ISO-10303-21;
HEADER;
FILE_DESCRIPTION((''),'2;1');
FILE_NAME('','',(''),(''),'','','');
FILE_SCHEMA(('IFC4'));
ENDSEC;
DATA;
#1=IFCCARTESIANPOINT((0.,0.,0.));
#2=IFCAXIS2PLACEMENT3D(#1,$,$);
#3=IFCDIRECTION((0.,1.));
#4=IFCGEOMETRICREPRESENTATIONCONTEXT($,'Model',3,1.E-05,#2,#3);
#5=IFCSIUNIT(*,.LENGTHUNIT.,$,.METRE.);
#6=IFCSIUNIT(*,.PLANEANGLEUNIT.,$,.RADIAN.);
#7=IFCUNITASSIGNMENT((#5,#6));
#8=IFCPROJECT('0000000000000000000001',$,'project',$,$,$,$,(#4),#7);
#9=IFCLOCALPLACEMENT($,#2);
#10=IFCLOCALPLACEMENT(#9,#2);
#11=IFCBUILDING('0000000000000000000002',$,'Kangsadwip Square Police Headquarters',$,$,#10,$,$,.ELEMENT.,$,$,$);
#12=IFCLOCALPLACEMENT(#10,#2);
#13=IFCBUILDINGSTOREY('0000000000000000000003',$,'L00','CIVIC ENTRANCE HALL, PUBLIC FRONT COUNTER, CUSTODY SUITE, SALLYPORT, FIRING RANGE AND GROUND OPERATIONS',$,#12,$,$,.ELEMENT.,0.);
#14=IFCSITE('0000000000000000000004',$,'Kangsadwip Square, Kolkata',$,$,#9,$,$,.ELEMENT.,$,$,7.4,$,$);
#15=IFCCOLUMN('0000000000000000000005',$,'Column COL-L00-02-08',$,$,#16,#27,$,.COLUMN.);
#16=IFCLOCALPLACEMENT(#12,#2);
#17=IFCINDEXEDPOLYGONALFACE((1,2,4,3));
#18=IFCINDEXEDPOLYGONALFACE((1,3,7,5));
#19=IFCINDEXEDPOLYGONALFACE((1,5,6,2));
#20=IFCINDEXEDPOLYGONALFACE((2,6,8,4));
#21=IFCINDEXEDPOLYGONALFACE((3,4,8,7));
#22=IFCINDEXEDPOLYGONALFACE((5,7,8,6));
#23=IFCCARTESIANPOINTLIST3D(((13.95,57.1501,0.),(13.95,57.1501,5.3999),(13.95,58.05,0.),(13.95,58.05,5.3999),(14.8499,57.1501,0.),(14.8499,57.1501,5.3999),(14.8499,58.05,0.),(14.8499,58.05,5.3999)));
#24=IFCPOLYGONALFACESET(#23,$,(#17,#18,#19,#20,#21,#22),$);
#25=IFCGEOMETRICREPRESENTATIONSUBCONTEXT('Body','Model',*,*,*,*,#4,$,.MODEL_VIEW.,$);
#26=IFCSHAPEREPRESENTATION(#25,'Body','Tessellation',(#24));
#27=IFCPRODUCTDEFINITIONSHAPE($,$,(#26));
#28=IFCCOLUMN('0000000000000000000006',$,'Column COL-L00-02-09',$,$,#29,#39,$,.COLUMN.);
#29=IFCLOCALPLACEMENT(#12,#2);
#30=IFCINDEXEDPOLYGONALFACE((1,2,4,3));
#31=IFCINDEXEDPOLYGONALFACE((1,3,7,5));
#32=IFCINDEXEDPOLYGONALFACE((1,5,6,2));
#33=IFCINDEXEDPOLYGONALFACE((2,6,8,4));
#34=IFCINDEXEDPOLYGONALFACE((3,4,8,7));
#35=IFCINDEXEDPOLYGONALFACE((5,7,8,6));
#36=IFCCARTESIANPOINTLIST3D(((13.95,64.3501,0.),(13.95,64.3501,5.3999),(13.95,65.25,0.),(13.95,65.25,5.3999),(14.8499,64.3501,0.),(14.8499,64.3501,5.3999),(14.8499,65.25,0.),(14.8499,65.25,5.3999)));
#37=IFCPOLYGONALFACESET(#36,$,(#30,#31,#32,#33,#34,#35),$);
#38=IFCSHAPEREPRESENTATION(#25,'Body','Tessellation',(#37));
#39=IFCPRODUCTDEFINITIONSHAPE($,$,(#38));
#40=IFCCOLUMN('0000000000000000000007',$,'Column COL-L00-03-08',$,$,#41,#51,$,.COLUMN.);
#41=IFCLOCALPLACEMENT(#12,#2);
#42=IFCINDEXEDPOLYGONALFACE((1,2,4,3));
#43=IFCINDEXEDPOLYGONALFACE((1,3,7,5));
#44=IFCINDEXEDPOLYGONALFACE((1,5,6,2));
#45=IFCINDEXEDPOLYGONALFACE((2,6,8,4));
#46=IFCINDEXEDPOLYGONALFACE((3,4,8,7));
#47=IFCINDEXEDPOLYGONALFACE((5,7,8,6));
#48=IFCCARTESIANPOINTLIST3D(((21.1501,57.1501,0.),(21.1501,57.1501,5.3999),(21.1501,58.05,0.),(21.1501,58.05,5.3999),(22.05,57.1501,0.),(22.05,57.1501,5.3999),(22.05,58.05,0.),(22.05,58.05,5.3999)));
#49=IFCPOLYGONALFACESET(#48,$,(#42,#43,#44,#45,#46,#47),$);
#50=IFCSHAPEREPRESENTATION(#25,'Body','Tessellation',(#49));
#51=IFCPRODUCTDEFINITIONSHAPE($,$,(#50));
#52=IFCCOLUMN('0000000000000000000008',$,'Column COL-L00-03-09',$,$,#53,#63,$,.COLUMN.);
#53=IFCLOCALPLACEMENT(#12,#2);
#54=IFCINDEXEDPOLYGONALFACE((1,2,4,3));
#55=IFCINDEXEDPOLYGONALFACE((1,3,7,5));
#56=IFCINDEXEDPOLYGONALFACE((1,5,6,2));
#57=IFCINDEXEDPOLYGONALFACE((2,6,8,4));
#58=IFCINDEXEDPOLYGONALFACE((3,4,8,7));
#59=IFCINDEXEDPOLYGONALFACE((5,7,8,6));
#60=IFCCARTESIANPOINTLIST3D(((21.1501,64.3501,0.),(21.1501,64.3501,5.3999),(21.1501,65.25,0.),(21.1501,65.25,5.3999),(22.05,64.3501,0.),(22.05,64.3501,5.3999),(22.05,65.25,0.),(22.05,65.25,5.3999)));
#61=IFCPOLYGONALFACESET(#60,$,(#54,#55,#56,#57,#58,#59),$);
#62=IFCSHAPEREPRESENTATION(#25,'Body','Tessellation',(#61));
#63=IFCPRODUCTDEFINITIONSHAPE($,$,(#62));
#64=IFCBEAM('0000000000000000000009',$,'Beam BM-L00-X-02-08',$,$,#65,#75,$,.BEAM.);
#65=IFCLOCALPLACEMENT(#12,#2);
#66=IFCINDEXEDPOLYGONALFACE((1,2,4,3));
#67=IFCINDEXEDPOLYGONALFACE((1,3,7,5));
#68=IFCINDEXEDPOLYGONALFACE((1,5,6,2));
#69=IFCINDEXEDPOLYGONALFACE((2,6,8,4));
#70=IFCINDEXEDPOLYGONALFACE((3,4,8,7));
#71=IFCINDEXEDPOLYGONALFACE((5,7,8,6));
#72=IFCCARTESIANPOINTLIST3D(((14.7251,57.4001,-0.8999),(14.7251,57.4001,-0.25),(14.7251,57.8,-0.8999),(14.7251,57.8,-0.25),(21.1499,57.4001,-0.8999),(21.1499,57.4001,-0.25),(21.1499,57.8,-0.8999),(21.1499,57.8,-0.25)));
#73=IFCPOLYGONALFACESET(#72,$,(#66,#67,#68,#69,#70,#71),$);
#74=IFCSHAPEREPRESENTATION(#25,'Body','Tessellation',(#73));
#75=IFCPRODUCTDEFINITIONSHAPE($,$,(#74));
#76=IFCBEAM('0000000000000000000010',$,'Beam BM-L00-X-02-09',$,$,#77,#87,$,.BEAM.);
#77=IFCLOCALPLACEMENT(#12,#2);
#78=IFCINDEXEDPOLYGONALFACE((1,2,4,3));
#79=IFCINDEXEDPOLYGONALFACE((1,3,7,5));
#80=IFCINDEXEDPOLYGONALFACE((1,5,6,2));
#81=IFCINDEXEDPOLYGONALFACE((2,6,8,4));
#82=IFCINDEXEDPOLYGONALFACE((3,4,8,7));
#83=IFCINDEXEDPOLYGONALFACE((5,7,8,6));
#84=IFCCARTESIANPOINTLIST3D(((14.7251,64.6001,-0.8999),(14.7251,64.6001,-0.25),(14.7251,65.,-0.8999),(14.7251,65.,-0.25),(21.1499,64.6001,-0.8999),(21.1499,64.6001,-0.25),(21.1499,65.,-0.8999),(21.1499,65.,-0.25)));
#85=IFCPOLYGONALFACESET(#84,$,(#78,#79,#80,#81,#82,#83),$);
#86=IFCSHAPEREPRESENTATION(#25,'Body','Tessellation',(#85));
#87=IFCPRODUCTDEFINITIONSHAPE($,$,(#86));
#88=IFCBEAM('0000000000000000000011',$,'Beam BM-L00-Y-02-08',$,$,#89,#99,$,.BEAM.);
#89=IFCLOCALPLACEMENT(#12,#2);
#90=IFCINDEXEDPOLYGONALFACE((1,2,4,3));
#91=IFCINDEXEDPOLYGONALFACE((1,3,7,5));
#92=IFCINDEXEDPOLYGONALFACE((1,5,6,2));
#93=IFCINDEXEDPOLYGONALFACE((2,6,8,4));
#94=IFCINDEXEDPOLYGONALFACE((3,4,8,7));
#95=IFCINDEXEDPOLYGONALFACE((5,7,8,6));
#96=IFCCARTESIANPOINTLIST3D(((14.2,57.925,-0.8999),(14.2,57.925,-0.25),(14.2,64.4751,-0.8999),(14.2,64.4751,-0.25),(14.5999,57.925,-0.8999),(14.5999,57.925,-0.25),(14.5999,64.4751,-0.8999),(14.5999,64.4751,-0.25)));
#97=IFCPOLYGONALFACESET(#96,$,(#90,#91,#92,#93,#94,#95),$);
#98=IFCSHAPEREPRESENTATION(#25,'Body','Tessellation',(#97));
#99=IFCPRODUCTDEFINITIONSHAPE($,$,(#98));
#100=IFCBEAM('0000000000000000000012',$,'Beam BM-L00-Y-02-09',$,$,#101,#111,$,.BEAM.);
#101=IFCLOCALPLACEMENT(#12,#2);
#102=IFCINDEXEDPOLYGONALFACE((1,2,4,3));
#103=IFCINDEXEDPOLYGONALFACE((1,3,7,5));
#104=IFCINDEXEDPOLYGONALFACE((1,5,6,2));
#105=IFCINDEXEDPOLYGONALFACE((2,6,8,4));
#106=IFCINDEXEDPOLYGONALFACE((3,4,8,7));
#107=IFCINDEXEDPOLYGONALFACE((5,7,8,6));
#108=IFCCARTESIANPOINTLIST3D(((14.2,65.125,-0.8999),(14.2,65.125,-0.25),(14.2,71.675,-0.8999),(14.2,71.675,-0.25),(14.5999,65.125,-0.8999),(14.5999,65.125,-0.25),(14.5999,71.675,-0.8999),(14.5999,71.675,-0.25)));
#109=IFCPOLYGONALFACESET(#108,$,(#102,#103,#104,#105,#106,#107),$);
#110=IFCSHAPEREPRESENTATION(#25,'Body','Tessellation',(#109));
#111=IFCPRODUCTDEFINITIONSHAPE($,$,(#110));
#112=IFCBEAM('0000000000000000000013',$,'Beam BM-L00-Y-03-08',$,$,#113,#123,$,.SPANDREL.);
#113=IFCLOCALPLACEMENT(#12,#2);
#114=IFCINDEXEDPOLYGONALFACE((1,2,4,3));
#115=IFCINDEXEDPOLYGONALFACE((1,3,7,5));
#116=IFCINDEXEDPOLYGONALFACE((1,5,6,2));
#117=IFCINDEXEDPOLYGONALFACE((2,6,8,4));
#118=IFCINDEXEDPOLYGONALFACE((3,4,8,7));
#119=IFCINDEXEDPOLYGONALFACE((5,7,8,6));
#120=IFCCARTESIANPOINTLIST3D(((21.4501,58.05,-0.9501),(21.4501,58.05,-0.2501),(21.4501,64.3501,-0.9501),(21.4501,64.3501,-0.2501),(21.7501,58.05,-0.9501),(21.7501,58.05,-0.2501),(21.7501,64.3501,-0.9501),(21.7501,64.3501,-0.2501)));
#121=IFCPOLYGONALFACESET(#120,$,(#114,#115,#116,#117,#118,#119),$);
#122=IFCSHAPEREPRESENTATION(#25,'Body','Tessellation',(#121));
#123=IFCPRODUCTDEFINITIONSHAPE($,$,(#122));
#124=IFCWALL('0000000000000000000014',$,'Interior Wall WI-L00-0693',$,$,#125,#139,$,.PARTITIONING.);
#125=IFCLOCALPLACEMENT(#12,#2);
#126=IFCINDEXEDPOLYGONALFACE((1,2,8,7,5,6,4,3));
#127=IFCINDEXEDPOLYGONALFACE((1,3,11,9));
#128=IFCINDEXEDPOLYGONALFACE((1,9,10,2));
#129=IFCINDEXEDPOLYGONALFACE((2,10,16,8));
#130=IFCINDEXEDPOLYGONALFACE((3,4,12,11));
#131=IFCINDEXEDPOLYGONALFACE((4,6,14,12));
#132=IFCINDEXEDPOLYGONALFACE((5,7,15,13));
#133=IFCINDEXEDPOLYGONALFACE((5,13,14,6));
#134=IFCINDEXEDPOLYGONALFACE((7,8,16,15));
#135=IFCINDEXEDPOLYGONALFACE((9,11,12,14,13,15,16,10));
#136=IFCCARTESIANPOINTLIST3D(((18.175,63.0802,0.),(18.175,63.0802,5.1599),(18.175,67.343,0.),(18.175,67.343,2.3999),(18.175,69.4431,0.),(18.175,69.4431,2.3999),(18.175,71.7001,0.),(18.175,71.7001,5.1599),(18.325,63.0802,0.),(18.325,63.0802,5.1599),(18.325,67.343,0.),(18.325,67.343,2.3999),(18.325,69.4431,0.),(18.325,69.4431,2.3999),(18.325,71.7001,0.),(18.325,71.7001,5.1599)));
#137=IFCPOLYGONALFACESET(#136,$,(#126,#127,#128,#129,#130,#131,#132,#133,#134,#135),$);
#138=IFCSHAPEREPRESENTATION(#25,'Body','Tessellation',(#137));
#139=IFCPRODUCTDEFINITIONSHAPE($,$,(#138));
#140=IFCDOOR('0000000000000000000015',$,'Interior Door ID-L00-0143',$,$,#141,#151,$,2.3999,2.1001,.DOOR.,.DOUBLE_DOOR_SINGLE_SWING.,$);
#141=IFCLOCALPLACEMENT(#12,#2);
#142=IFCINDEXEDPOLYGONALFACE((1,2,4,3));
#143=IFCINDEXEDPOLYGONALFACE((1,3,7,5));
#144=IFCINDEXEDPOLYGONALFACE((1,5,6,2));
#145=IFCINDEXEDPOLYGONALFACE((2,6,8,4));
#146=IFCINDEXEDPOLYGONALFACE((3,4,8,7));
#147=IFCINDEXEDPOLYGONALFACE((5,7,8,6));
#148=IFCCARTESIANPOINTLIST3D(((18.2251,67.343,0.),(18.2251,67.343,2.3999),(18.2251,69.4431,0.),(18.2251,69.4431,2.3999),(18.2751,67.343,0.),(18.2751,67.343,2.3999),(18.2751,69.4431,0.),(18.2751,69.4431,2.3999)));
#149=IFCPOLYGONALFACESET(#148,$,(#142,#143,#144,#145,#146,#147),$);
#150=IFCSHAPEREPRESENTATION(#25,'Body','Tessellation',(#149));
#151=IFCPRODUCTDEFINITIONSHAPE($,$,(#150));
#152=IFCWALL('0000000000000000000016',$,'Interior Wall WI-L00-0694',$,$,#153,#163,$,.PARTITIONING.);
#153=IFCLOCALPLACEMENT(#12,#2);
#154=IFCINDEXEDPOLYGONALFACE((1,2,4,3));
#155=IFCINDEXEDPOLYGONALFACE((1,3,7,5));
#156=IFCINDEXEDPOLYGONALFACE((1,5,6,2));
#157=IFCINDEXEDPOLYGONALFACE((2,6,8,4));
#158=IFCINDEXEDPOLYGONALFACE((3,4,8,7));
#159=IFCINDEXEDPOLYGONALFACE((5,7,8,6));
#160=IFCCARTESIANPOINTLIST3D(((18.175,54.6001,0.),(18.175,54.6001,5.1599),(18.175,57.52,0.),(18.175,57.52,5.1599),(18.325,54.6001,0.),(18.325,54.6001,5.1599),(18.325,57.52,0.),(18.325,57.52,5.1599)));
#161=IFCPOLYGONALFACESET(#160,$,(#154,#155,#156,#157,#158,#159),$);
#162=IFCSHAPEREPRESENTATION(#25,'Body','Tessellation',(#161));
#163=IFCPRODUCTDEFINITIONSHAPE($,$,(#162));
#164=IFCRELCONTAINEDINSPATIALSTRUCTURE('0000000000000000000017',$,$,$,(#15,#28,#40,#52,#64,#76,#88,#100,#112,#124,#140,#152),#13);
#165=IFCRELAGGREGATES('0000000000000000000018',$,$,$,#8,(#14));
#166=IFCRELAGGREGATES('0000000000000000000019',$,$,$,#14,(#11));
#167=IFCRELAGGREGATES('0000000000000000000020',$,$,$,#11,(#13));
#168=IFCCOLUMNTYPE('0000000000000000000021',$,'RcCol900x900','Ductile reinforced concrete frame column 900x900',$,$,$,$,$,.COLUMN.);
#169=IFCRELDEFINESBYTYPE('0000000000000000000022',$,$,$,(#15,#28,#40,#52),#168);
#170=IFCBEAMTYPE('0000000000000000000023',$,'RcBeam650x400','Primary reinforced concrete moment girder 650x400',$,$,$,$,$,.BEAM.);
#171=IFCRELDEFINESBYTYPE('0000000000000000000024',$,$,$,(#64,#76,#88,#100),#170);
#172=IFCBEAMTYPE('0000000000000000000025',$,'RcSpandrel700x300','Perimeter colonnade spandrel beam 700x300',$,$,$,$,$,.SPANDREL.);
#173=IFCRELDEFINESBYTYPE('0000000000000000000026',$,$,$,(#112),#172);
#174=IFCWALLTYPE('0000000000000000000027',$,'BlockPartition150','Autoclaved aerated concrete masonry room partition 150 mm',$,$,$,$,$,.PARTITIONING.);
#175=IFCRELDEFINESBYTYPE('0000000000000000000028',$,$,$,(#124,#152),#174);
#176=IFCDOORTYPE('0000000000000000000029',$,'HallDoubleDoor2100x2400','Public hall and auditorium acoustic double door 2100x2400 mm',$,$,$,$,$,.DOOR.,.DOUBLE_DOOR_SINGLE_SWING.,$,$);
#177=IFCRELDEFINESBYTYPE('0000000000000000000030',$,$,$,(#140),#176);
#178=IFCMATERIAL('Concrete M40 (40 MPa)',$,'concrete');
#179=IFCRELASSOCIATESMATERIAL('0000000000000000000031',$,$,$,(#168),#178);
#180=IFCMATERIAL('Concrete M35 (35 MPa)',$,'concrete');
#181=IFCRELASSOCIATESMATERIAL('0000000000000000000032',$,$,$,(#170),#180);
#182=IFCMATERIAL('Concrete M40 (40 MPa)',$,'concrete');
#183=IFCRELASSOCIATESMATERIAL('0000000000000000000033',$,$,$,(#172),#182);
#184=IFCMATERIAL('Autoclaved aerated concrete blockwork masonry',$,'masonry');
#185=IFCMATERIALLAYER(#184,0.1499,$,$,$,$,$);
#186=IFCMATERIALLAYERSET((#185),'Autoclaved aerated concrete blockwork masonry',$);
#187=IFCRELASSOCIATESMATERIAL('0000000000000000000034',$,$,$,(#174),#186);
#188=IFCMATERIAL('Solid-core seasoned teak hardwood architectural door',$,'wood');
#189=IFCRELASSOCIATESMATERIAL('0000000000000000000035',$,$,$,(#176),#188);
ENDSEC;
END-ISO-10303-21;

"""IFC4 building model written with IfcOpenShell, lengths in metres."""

from ifc_helpers import new_model, si_unit, direction, frame, frame_2d, origin, origin_2d, place, context, subcontext, project, spatial, rectangle, extrude, material, layer, layer_set, material_profile, profile_set, type_object, element, fill, save


model = new_model("IFC4")

# Units and contexts
model_context = context("Model", 3, precision=1e-05, world=origin(), true_north=direction((0.0, 1.0)))
body_context = subcontext(model_context, "Body", "Model", "MODEL_VIEW")
ifc_project = project(units=[si_unit("LENGTHUNIT", "METRE"), si_unit("PLANEANGLEUNIT", "RADIAN")], contexts=[model_context])

# Site, building, storey
site_placement = place(None, origin())
site = spatial("IfcSite", under=ifc_project, at=site_placement, Name="Kangsadwip Square, Kolkata", CompositionType="ELEMENT", RefElevation=7.4)
building_placement = place(site_placement, origin())
building = spatial("IfcBuilding", under=site, at=building_placement, Name="Kangsadwip Square Police Headquarters", CompositionType="ELEMENT")
storey_placement = place(building_placement, origin())
storey = spatial("IfcBuildingStorey", under=building, at=storey_placement, Name="L00", Description="CIVIC ENTRANCE HALL, PUBLIC FRONT COUNTER, CUSTODY SUITE, SALLYPORT, FIRING RANGE AND GROUND OPERATIONS", CompositionType="ELEMENT", Elevation=0.0)

# Columns
ifc_material_1 = material(Name="Concrete M40 (40 MPa)", Category="concrete")
ifc_material_profile_1 = material_profile(ifc_material_1, rectangle(XDim=0.8999, YDim=0.8999, at=origin_2d()), Name="RC COL 900X900")
ifc_profile_set_1 = profile_set([ifc_material_profile_1], Name="Concrete M40 (40 MPa)")
column_type = type_object("IfcColumnType", Name="RcCol900x900", Description="Ductile reinforced concrete frame column 900x900", PredefinedType="COLUMN", material=ifc_profile_set_1)
for number, where, z_axis, x_axis, name in (
    (1, (14.3999, 57.6001, 0.0), (0.0, 0.0, 1.0), (1.0, 0.0, 0.0), "Column COL-L00-02-08"),
    (2, (14.3999, 64.8, 0.0), (0.0, 0.0, 1.0), (1.0, 0.0, 0.0), "Column COL-L00-02-09"),
    (3, (21.6001, 57.6001, 0.0), (0.0, 0.0, 1.0), (1.0, 0.0, 0.0), "Column COL-L00-03-08"),
    (4, (21.6001, 64.8, 0.0), (0.0, 0.0, 1.0), (1.0, 0.0, 0.0), "Column COL-L00-03-09"),
):
    element("IfcColumn", number, at=place(storey_placement, frame(where, z_axis=z_axis, x_axis=x_axis)), inside=storey, type_object=column_type, Name=name, PredefinedType="COLUMN", context=body_context, shape_type="SweptSolid", body=[
        extrude(rectangle(XDim=0.8999, YDim=0.8999, at=origin_2d()), origin(), (0.0, 0.0, 1.0), 5.3999),
    ])

# Beams
ifc_material_2 = material(Name="Concrete M35 (35 MPa)", Category="concrete")
ifc_material_profile_2 = material_profile(ifc_material_2, rectangle(XDim=0.3999, YDim=0.6499, at=origin_2d()), Name="RC BM 650X400")
ifc_profile_set_2 = profile_set([ifc_material_profile_2], Name="Concrete M35 (35 MPa)")
beam_type_1 = type_object("IfcBeamType", Name="RcBeam650x400", Description="Primary reinforced concrete moment girder 650x400", PredefinedType="BEAM", material=ifc_profile_set_2)
for number, where, z_axis, x_axis, name in (
    (5, (14.7251, 57.6001, -0.575), (1.0, 0.0, 0.0), (0.0, 1.0, 0.0), "Beam BM-L00-X-02-08"),
    (6, (14.7251, 64.8, -0.575), (1.0, 0.0, 0.0), (0.0, 1.0, 0.0), "Beam BM-L00-X-02-09"),
):
    element("IfcBeam", number, at=place(storey_placement, frame(where, z_axis=z_axis, x_axis=x_axis)), inside=storey, type_object=beam_type_1, Name=name, PredefinedType="BEAM", context=body_context, shape_type="SweptSolid", body=[
        extrude(rectangle(XDim=0.3999, YDim=0.6499, at=origin_2d()), origin(), (0.0, 0.0, 1.0), 6.4248),
    ])
for number, where, z_axis, x_axis, name in (
    (7, (14.3999, 57.925, -0.575), (0.0, 1.0, 0.0), (-1.0, 0.0, 0.0), "Beam BM-L00-Y-02-08"),
    (8, (14.3999, 65.125, -0.575), (0.0, 1.0, 0.0), (-1.0, 0.0, 0.0), "Beam BM-L00-Y-02-09"),
):
    element("IfcBeam", number, at=place(storey_placement, frame(where, z_axis=z_axis, x_axis=x_axis)), inside=storey, type_object=beam_type_1, Name=name, PredefinedType="BEAM", context=body_context, shape_type="SweptSolid", body=[
        extrude(rectangle(XDim=0.3999, YDim=0.6499, at=origin_2d()), origin(), (0.0, 0.0, 1.0), 6.55),
    ])
ifc_material_3 = material(Name="Concrete M40 (40 MPa)", Category="concrete")
ifc_material_profile_3 = material_profile(ifc_material_3, rectangle(XDim=0.3, YDim=0.7, at=origin_2d()), Name="RC SPN 700X300")
ifc_profile_set_3 = profile_set([ifc_material_profile_3], Name="Concrete M40 (40 MPa)")
beam_type_2 = type_object("IfcBeamType", Name="RcSpandrel700x300", Description="Perimeter colonnade spandrel beam 700x300", PredefinedType="SPANDREL", material=ifc_profile_set_3)
beam_placement = place(storey_placement, frame((21.6001, 58.05, -0.6001), z_axis=(0.0, 1.0, 0.0), x_axis=(-1.0, 0.0, 0.0)))
element("IfcBeam", 9, at=beam_placement, inside=storey, type_object=beam_type_2, Name="Beam BM-L00-Y-03-08", PredefinedType="SPANDREL", context=body_context, shape_type="SweptSolid", body=[
    extrude(rectangle(XDim=0.3, YDim=0.7, at=origin_2d()), origin(), (0.0, 0.0, 1.0), 6.3),
])

# Wall, opening, door
ifc_material_4 = material(Name="Autoclaved aerated concrete blockwork masonry", Category="masonry")
ifc_layer_1 = layer(ifc_material_4, 0.1499)
ifc_layer_set_1 = layer_set([ifc_layer_1], Name="Autoclaved aerated concrete blockwork masonry")
wall_type_1 = type_object("IfcWallType", Name="BlockPartition150", Description="Autoclaved aerated concrete masonry room partition 150 mm", PredefinedType="PARTITIONING", material=ifc_layer_set_1)
wall_1_placement = place(storey_placement, frame((18.25, 63.0801, 0.0), z_axis=(0.0, 0.0, 1.0), x_axis=(0.0, 1.0, 0.0)))
wall_1 = element("IfcWall", 10, at=wall_1_placement, inside=storey, type_object=wall_type_1, Name="Interior Wall WI-L00-0693", PredefinedType="PARTITIONING", context=body_context, shape_type="SweptSolid", body=[
    extrude(rectangle(XDim=8.6199, YDim=0.1499, at=frame_2d((4.3101, 0.0))), origin(), (0.0, 0.0, 1.0), 5.1599),
])
opening_1_placement = place(wall_1_placement, frame((4.2629, 0.0, 0.0)))
opening_1 = element("IfcOpeningElement", 11, at=opening_1_placement, cuts=wall_1, PredefinedType="OPENING", context=body_context, shape_type="SweptSolid", body=[
    extrude(rectangle(XDim=2.1001, YDim=2.3999, at=frame_2d((1.05, 1.2))), frame((0.0, 0.085, 0.0), z_axis=(0.0, -1.0, 0.0), x_axis=(1.0, 0.0, 0.0)), (0.0, 0.0, 1.0), 0.1699),
])
ifc_material_5 = material(Name="Solid-core seasoned teak hardwood architectural door", Category="wood")
door_type_1 = type_object("IfcDoorType", Name="HallDoubleDoor2100x2400", Description="Public hall and auditorium acoustic double door 2100x2400 mm", OperationType="DOUBLE_DOOR_SINGLE_SWING", PredefinedType="DOOR", material=ifc_material_5)
door_1_placement = place(opening_1_placement, origin())
door_1 = element("IfcDoor", 12, at=door_1_placement, inside=storey, type_object=door_type_1, Name="Interior Door ID-L00-0143", OperationType="DOUBLE_DOOR_SINGLE_SWING", OverallHeight=2.3999, OverallWidth=2.1001, PredefinedType="DOOR", context=body_context, shape_type="SweptSolid", body=[
    extrude(rectangle(XDim=2.1001, YDim=2.3999, at=frame_2d((1.05, 1.2))), frame((0.0, 0.0249, 0.0), z_axis=(0.0, -1.0, 0.0), x_axis=(1.0, 0.0, 0.0)), (0.0, 0.0, 1.0), 0.05),
])
fill(opening_1, door_1)

# Wall
wall_2_placement = place(storey_placement, frame((18.25, 54.6001, 0.0), z_axis=(0.0, 0.0, 1.0), x_axis=(0.0, 1.0, 0.0)))
element("IfcWall", 13, at=wall_2_placement, inside=storey, type_object=wall_type_1, Name="Interior Wall WI-L00-0694", PredefinedType="PARTITIONING", context=body_context, shape_type="SweptSolid", body=[
    extrude(rectangle(XDim=2.9199, YDim=0.1499, at=frame_2d((1.46, 0.0))), origin(), (0.0, 0.0, 1.0), 5.1599),
])

save(model, "model.ifc")
